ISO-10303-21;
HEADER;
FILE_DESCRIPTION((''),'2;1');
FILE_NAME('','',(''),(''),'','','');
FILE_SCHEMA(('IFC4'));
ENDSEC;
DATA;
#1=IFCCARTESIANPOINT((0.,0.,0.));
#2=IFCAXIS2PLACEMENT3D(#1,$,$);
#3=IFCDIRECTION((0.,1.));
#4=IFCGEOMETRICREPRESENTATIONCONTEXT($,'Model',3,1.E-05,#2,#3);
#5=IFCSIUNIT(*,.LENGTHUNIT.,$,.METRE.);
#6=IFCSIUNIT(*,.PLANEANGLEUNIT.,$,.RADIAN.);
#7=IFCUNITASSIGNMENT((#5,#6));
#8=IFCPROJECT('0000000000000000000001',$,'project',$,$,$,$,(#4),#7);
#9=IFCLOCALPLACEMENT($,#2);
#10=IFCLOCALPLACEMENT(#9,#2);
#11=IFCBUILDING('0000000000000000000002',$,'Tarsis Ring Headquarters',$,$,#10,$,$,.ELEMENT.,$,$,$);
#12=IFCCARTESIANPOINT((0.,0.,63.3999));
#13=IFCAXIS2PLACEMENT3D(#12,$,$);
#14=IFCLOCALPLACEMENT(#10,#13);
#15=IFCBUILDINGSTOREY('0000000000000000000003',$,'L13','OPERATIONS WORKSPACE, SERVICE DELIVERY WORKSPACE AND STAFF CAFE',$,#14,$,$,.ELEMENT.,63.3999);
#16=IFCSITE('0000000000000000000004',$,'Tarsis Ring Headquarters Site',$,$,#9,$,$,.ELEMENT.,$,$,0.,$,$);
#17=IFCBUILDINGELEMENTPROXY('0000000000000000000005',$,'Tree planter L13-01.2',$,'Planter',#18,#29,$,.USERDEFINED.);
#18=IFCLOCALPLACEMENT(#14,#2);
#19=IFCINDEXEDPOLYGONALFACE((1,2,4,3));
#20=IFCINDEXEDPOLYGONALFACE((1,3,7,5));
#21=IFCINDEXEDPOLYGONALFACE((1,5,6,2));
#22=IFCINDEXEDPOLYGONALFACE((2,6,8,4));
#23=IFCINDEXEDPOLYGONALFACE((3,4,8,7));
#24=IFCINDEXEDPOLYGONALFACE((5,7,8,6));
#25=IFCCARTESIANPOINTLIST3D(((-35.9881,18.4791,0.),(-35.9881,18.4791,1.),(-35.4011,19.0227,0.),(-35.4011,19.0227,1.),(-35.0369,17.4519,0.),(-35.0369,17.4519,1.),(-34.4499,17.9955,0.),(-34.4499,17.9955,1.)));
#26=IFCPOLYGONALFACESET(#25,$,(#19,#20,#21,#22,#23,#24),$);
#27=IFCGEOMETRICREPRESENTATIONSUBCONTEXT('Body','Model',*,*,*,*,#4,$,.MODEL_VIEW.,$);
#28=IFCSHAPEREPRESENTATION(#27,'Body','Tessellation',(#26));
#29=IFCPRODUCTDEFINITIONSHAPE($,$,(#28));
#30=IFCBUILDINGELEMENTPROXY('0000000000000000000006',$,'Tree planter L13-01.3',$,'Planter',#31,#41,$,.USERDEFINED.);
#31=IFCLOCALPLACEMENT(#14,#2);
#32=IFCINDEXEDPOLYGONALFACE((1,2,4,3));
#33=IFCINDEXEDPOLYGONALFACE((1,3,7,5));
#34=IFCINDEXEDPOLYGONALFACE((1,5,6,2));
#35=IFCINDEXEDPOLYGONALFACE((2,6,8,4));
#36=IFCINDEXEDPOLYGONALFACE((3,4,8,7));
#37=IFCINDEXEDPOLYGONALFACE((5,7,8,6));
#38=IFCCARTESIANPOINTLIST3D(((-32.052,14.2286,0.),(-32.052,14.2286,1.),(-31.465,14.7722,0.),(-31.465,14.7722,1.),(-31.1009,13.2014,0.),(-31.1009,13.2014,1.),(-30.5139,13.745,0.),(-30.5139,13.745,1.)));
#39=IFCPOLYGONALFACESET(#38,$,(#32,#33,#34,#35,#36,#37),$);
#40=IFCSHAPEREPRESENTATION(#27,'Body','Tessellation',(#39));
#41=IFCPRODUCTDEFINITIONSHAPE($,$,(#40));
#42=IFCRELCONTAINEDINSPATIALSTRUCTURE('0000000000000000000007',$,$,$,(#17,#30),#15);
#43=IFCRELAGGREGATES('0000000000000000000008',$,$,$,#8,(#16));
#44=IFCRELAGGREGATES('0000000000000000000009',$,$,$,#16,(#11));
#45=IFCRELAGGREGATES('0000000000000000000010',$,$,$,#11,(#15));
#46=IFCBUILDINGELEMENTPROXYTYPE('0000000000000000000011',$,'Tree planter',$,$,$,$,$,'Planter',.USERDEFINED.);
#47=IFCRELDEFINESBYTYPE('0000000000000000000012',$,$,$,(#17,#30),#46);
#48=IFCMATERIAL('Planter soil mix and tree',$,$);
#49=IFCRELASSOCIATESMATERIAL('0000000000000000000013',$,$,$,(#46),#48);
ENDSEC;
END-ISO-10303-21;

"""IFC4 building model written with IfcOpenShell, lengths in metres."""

from ifc_helpers import new_model, si_unit, direction, frame, origin, origin_2d, place, context, subcontext, project, spatial, rectangle, extrude, material, type_object, element, save


model = new_model("IFC4")

# Units and contexts
model_context = context("Model", 3, precision=1e-05, world=origin(), true_north=direction((0.0, 1.0)))
body_context = subcontext(model_context, "Body", "Model", "MODEL_VIEW")
ifc_project = project(units=[si_unit("LENGTHUNIT", "METRE"), si_unit("PLANEANGLEUNIT", "RADIAN")], contexts=[model_context])

# Site, building, storey
site_placement = place(None, origin())
site = spatial("IfcSite", under=ifc_project, at=site_placement, Name="Tarsis Ring Headquarters Site", CompositionType="ELEMENT", RefElevation=0.0)
building_placement = place(site_placement, origin())
building = spatial("IfcBuilding", under=site, at=building_placement, Name="Tarsis Ring Headquarters", CompositionType="ELEMENT")
storey_placement = place(building_placement, frame((0.0, 0.0, 63.3999)))
storey = spatial("IfcBuildingStorey", under=building, at=storey_placement, Name="L13", Description="OPERATIONS WORKSPACE, SERVICE DELIVERY WORKSPACE AND STAFF CAFE", CompositionType="ELEMENT", Elevation=63.3999)

# Building element proxies
ifc_material_1 = material(Name="Planter soil mix and tree")
building_element_proxy_type = type_object("IfcBuildingElementProxyType", Name="Tree planter", ElementType="Planter", PredefinedType="USERDEFINED", material=ifc_material_1)
for number, where, z_axis, x_axis, name in (
    (1, (-35.219, 18.2373, 0.0), (0.0, 0.0, 1.0), (0.679441, -0.73373, 0.0), "Tree planter L13-01.2"),
    (2, (-31.283, 13.9868, 0.0), (0.0, 0.0, 1.0), (0.679441, -0.73373, 0.0), "Tree planter L13-01.3"),
):
    element("IfcBuildingElementProxy", number, at=place(storey_placement, frame(where, z_axis=z_axis, x_axis=x_axis)), inside=storey, type_object=building_element_proxy_type, Name=name, ObjectType="Planter", PredefinedType="USERDEFINED", context=body_context, shape_type="SweptSolid", body=[
        extrude(rectangle(XDim=1.3999, YDim=0.8, at=origin_2d()), origin(), (0.0, 0.0, 1.0), 1.0),
    ])

save(model, "model.ifc")
